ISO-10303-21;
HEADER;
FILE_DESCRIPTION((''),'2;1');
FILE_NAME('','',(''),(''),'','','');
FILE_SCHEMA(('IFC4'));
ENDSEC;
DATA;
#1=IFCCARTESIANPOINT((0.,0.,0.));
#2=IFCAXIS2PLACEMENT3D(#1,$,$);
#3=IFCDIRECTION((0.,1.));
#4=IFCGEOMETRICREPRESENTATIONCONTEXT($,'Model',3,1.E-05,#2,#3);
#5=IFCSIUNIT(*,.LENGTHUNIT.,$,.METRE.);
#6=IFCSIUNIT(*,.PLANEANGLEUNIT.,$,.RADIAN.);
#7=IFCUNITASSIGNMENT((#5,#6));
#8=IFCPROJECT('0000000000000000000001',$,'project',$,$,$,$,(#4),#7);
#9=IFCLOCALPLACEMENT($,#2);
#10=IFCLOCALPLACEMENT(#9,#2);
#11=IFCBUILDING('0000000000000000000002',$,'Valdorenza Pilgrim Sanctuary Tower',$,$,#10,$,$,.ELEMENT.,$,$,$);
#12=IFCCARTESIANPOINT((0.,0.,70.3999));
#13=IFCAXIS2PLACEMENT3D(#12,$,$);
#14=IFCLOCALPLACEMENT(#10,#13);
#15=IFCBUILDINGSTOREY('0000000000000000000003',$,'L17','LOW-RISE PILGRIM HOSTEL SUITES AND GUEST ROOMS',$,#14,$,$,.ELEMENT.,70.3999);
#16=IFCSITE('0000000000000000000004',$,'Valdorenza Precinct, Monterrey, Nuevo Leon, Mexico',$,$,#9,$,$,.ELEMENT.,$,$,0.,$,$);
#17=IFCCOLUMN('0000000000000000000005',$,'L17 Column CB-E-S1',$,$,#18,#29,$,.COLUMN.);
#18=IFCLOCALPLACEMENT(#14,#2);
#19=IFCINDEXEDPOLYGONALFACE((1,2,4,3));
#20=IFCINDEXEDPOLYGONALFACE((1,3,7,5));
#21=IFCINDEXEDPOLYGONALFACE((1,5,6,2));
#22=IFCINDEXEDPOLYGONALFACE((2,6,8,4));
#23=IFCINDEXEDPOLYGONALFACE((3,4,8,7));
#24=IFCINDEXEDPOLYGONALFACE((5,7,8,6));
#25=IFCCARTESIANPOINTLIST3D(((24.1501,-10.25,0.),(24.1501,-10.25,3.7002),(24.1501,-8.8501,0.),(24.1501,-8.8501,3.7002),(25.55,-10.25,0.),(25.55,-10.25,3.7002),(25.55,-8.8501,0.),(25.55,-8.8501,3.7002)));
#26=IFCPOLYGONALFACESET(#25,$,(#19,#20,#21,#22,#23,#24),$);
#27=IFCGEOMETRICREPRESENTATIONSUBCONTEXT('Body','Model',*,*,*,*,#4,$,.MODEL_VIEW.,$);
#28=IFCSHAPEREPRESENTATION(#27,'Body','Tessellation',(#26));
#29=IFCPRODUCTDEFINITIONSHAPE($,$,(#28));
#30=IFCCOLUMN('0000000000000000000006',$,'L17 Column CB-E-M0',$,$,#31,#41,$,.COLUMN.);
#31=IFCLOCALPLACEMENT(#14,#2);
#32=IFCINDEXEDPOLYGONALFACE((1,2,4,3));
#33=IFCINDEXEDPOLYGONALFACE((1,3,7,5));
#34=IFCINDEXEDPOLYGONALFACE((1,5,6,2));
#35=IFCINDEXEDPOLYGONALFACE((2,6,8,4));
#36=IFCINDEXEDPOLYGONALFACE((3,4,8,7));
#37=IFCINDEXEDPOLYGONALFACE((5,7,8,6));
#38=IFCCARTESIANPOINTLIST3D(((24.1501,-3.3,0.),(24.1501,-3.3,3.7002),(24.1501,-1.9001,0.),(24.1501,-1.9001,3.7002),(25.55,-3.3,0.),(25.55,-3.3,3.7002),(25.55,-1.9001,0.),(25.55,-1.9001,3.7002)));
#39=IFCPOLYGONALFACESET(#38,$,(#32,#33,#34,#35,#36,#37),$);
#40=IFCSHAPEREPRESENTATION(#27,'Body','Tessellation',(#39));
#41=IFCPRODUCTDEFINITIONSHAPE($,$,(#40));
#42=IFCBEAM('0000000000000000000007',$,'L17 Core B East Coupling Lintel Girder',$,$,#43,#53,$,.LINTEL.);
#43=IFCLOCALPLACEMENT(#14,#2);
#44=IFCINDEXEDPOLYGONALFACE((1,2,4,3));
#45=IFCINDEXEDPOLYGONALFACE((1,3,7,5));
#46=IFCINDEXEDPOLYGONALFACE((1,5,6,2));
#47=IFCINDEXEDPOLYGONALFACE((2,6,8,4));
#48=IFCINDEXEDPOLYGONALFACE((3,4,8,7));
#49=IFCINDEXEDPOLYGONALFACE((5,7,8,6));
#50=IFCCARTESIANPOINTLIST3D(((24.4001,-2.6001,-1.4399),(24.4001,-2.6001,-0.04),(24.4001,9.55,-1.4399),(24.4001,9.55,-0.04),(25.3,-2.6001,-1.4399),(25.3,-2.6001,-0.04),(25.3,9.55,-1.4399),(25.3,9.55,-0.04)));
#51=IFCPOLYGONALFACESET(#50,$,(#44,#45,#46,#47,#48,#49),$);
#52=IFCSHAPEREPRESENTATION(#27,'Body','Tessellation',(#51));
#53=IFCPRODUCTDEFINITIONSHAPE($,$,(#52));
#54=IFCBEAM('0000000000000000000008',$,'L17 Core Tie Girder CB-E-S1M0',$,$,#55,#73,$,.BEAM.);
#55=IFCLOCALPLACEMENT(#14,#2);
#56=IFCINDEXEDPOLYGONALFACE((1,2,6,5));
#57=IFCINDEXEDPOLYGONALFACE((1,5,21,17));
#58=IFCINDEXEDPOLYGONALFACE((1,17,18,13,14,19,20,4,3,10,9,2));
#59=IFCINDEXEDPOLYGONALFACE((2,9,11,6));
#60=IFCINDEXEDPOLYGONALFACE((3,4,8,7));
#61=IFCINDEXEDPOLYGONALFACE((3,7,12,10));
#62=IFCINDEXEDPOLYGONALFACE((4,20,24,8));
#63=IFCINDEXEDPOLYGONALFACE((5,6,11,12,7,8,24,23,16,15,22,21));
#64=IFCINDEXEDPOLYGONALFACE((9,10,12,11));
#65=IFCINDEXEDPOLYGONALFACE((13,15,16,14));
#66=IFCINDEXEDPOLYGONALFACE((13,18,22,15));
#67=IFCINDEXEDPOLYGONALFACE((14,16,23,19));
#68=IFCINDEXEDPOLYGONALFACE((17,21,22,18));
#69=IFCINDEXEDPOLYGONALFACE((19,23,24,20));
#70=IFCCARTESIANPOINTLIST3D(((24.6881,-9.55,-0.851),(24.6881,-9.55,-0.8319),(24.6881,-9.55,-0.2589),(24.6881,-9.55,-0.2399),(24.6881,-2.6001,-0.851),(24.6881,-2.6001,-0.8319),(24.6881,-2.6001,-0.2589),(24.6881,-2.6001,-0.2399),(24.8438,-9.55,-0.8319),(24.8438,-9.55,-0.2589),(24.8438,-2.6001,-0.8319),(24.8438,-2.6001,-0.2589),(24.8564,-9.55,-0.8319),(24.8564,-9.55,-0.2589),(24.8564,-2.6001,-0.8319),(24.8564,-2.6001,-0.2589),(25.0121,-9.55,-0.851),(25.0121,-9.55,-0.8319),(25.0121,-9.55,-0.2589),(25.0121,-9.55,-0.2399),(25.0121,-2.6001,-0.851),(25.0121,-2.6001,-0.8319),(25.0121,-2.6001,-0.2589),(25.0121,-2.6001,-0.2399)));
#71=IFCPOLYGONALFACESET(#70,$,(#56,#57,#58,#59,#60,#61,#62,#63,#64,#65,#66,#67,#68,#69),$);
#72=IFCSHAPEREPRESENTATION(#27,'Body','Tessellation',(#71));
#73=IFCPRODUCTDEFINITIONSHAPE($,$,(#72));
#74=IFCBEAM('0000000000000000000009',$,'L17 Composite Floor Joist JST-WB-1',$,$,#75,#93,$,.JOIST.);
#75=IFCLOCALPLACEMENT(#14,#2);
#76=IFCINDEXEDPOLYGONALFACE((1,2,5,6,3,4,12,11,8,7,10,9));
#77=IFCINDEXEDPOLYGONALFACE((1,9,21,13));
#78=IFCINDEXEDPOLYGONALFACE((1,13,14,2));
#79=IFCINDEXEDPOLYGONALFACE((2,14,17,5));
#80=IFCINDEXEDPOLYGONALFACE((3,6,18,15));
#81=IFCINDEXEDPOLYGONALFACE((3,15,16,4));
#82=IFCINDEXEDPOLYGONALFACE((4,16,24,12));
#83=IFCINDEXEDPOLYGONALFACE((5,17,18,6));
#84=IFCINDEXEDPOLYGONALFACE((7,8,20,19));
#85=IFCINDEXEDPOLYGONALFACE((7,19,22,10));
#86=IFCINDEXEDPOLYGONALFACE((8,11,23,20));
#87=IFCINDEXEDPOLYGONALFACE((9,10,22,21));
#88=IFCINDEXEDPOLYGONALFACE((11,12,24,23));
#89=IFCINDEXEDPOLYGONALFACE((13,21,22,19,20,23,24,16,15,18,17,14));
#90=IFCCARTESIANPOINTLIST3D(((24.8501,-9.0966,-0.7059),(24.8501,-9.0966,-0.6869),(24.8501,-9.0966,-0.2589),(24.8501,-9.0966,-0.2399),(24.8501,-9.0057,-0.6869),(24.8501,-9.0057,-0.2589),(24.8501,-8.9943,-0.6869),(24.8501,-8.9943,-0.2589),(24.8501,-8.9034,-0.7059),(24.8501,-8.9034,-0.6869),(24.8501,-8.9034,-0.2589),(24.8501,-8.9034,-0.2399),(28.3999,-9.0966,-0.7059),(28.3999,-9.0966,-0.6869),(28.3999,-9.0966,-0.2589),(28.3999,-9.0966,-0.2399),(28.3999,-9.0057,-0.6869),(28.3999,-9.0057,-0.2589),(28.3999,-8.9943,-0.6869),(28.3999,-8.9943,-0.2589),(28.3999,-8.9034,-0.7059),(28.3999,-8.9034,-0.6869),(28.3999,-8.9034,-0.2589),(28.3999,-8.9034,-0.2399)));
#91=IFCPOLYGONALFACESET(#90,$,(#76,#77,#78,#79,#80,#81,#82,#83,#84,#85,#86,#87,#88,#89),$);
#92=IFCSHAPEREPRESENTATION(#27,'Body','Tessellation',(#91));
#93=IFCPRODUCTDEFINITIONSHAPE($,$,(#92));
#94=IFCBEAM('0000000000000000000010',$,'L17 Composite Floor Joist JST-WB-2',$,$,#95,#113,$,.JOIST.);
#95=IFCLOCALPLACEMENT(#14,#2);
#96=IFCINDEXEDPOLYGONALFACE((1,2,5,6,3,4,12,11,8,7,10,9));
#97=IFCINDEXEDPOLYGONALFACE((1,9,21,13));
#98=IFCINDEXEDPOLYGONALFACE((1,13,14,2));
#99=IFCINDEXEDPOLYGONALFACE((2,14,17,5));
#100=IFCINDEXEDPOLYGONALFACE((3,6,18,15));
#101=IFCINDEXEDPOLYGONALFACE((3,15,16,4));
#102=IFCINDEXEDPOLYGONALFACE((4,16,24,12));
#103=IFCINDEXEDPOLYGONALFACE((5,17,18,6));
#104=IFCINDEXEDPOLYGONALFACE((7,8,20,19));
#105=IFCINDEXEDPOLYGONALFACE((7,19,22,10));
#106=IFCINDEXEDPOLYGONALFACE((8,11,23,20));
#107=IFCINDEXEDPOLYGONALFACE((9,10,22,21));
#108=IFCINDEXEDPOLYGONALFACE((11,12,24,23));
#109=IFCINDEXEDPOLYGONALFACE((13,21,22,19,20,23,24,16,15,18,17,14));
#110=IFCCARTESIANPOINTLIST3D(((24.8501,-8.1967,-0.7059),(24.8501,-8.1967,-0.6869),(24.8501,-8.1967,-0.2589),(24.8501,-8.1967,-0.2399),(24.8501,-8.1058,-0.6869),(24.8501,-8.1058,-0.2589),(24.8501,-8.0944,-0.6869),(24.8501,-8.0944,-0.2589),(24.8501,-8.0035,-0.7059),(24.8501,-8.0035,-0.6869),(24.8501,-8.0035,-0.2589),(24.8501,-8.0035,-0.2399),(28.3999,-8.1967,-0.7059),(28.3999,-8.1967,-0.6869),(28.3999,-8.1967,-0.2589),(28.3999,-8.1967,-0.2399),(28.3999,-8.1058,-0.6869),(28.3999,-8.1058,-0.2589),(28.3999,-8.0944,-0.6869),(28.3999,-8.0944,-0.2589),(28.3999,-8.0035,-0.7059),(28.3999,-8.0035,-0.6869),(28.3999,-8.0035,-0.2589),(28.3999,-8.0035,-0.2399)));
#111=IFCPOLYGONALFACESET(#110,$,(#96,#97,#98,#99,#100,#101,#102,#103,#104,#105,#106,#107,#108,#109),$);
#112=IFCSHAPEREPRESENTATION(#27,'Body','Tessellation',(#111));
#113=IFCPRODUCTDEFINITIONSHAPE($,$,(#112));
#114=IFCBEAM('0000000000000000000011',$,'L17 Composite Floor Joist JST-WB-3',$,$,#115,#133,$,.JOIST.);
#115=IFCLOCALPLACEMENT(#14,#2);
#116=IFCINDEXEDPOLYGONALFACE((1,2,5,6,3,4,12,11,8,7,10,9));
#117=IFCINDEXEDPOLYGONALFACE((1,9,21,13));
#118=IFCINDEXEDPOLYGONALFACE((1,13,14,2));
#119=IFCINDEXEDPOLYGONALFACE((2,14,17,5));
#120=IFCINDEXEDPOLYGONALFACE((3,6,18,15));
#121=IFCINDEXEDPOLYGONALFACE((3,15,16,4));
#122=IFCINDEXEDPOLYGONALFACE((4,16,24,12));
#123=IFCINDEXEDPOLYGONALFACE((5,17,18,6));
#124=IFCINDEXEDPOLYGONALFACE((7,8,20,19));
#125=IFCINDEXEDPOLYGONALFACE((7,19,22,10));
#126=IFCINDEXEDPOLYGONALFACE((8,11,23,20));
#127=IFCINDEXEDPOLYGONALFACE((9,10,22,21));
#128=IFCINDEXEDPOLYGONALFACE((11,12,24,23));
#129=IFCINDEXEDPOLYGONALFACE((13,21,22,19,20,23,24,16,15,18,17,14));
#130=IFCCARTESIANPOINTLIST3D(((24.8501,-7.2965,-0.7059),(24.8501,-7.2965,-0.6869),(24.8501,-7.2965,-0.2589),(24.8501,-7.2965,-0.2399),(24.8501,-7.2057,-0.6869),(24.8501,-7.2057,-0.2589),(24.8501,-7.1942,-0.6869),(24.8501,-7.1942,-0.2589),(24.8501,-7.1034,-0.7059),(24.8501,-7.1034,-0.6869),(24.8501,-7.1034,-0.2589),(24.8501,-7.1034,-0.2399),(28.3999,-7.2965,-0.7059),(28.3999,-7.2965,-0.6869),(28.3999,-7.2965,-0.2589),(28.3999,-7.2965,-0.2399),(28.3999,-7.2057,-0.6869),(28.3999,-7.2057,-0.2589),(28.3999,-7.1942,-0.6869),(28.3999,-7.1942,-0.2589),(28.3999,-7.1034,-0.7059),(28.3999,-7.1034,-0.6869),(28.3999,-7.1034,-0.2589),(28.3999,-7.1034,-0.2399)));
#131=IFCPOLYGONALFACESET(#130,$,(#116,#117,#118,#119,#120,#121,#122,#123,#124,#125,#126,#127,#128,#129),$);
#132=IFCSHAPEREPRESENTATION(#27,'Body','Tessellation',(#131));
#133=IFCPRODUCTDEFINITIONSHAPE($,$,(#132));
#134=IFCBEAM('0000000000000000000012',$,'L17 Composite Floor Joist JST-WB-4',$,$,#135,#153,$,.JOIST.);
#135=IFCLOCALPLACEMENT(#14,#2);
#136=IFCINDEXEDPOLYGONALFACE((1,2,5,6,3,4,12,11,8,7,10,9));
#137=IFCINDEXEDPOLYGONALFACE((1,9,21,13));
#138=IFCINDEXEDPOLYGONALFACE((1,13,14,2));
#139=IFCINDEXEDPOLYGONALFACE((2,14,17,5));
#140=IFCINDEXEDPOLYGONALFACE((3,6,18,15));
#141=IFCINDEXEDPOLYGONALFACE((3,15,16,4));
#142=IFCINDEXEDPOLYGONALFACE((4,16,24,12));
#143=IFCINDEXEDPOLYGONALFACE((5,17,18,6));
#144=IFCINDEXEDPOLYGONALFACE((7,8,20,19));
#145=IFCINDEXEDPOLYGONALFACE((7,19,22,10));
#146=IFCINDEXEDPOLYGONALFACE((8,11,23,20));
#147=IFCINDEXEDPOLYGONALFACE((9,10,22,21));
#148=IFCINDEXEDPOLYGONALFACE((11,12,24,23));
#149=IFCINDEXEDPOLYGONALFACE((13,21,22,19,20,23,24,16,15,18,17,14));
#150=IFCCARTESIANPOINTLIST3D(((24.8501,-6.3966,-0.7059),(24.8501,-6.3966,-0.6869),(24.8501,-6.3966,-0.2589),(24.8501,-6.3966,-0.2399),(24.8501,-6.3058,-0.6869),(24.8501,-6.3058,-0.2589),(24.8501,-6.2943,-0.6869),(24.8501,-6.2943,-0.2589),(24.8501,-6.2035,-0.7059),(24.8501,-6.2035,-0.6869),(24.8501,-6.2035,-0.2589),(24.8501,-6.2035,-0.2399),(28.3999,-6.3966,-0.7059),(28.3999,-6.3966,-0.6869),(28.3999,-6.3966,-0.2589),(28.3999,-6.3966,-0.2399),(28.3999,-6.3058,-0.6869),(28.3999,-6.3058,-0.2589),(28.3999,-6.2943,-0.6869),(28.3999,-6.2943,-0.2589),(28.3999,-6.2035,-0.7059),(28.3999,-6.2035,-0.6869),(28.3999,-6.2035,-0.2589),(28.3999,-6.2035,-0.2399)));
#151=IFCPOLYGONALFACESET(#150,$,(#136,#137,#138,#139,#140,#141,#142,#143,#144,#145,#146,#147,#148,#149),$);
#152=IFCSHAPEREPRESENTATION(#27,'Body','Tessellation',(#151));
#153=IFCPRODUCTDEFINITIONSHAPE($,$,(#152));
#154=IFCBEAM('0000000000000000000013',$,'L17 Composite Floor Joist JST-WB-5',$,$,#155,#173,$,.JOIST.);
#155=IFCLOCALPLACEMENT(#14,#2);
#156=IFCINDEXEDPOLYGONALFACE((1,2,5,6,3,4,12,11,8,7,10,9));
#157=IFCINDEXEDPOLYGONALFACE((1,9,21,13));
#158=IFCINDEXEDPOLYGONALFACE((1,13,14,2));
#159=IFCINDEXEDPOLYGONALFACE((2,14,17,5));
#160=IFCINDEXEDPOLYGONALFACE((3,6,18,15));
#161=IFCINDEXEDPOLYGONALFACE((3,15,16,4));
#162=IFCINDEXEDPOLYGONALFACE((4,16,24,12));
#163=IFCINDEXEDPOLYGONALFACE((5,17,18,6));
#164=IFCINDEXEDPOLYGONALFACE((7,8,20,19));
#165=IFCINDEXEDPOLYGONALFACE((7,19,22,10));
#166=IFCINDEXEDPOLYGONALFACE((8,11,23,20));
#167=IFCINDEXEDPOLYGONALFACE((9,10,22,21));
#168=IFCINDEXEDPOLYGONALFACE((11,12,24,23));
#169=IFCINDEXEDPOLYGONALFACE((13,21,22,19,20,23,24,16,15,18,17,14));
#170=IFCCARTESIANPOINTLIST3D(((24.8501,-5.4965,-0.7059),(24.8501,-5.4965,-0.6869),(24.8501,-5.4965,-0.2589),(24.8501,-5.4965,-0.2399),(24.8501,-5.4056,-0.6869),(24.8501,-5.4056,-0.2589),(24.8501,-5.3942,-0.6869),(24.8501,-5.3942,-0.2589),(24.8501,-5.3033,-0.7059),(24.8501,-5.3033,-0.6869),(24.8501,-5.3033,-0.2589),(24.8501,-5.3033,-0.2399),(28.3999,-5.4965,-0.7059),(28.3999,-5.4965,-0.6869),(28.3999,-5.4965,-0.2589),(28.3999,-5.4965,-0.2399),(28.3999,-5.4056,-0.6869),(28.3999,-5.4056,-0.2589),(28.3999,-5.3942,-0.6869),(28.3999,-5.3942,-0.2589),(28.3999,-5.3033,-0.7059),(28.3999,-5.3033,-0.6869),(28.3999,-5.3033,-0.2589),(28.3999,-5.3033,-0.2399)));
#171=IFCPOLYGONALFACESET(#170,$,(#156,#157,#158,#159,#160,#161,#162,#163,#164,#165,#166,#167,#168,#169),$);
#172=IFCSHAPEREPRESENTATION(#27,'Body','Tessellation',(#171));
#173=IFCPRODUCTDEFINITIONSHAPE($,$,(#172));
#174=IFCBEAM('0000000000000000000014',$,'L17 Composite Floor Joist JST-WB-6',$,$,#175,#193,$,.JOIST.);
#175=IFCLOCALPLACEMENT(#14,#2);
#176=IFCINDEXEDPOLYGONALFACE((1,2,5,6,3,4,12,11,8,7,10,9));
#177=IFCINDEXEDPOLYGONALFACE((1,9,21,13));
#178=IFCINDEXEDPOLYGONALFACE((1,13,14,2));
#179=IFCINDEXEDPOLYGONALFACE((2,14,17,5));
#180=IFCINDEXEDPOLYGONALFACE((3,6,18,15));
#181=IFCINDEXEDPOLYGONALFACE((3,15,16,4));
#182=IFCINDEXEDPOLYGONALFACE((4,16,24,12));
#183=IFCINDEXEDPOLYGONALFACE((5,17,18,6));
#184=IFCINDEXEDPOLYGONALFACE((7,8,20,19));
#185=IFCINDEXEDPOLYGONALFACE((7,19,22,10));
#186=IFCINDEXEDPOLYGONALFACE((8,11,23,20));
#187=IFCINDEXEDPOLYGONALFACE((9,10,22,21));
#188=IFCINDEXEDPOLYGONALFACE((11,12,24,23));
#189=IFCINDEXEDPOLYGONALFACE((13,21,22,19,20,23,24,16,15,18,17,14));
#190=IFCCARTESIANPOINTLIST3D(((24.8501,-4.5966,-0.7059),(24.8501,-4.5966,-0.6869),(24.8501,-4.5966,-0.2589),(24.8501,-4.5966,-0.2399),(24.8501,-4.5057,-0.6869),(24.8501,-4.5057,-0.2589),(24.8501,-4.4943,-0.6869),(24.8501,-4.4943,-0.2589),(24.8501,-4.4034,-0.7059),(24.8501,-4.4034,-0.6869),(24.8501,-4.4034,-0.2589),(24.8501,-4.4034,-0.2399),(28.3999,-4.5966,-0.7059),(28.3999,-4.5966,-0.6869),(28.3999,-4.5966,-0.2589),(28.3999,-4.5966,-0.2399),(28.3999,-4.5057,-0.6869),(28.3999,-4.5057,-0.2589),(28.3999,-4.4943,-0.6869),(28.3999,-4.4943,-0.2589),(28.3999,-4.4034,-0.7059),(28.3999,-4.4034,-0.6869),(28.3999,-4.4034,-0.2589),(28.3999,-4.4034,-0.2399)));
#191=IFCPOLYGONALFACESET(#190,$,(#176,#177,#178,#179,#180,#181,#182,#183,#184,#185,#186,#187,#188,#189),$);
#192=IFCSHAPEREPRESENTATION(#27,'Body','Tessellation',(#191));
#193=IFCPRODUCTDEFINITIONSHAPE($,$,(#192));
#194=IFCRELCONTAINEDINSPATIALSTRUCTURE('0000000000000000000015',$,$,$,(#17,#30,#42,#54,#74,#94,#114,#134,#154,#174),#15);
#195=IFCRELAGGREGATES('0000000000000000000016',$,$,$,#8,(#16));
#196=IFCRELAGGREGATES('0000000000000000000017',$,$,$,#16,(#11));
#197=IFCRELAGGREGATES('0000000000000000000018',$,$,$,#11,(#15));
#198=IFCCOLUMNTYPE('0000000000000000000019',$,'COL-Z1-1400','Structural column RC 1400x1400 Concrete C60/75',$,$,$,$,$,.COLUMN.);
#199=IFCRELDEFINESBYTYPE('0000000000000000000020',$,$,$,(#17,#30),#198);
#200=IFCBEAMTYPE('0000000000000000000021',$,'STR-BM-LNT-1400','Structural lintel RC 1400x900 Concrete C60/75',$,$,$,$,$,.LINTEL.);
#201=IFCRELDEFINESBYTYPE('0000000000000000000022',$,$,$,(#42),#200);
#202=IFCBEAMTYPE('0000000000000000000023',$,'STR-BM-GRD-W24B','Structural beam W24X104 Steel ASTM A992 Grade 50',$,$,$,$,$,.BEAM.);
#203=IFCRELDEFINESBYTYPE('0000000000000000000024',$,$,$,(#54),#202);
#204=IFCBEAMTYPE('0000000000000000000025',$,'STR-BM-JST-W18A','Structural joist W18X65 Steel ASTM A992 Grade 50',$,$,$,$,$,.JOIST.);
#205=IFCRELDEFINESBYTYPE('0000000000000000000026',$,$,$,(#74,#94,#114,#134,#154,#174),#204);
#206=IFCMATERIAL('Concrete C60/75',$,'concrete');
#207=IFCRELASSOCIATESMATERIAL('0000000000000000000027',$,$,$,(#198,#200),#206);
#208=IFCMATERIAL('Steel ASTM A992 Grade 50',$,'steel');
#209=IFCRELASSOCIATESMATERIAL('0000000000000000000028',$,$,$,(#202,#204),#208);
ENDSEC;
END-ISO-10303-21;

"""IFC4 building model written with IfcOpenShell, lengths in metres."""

from ifc_helpers import new_model, si_unit, direction, frame, origin, origin_2d, place, context, subcontext, project, spatial, rectangle, i_section, extrude, source, transform, mapped, material, material_profile, profile_set, type_object, element, save


model = new_model("IFC4")

# Units and contexts
model_context = context("Model", 3, precision=1e-05, world=origin(), true_north=direction((0.0, 1.0)))
body_context = subcontext(model_context, "Body", "Model", "MODEL_VIEW")
ifc_project = project(units=[si_unit("LENGTHUNIT", "METRE"), si_unit("PLANEANGLEUNIT", "RADIAN")], contexts=[model_context])

# Site, building, storey
site_placement = place(None, origin())
site = spatial("IfcSite", under=ifc_project, at=site_placement, Name="Valdorenza Precinct, Monterrey, Nuevo Leon, Mexico", CompositionType="ELEMENT", RefElevation=0.0)
building_placement = place(site_placement, origin())
building = spatial("IfcBuilding", under=site, at=building_placement, Name="Valdorenza Pilgrim Sanctuary Tower", CompositionType="ELEMENT")
storey_placement = place(building_placement, frame((0.0, 0.0, 70.3999)))
storey = spatial("IfcBuildingStorey", under=building, at=storey_placement, Name="L17", Description="LOW-RISE PILGRIM HOSTEL SUITES AND GUEST ROOMS", CompositionType="ELEMENT", Elevation=70.3999)

# Columns
ifc_material_1 = material(Name="Concrete C60/75", Category="concrete")
ifc_material_profile_1 = material_profile(ifc_material_1, rectangle(XDim=1.3999, YDim=1.3999, at=origin_2d()), Name="RC 1400x1400")
ifc_profile_set_1 = profile_set([ifc_material_profile_1], Name="Concrete C60/75")
column_type = type_object("IfcColumnType", Name="COL-Z1-1400", Description="Structural column RC 1400x1400 Concrete C60/75", PredefinedType="COLUMN", material=ifc_profile_set_1)
shared_shape_1 = source(origin(), body_context, "Body", "SweptSolid", [
    extrude(rectangle(XDim=1.3999, YDim=1.3999, at=origin_2d()), origin(), (0.0, 0.0, 1.0), 3.7002),
])
for number, where, z_axis, x_axis, name in (
    (1, (24.8501, -9.55, 0.0), (0.0, 0.0, 1.0), (1.0, 0.0, 0.0), "L17 Column CB-E-S1"),
    (2, (24.8501, -2.6001, 0.0), (0.0, 0.0, 1.0), (1.0, 0.0, 0.0), "L17 Column CB-E-M0"),
):
    element("IfcColumn", number, at=place(storey_placement, frame(where, z_axis=z_axis, x_axis=x_axis)), inside=storey, type_object=column_type, Name=name, PredefinedType="COLUMN", context=body_context, shape_type="MappedRepresentation", body=[
        mapped(shared_shape_1, transform((0.0, 0.0, 0.0), x_axis=(1.0, 0.0, 0.0), y_axis=(0.0, 1.0, 0.0), z_axis=(0.0, 0.0, 1.0), scale=1.0)),
    ])

# Beams
ifc_material_profile_2 = material_profile(ifc_material_1, rectangle(XDim=0.8999, YDim=1.3999, at=origin_2d()), Name="RC 1400x900")
ifc_profile_set_2 = profile_set([ifc_material_profile_2], Name="Concrete C60/75")
beam_type_1 = type_object("IfcBeamType", Name="STR-BM-LNT-1400", Description="Structural lintel RC 1400x900 Concrete C60/75", PredefinedType="LINTEL", material=ifc_profile_set_2)
shared_shape_2 = source(origin(), body_context, "Body", "SweptSolid", [
    extrude(rectangle(XDim=0.8999, YDim=1.3999, at=origin_2d()), origin(), (0.0, 0.0, 1.0), 12.1501),
])
beam_1_placement = place(storey_placement, frame((24.8501, -2.6001, -0.74), z_axis=(0.0, 1.0, 0.0), x_axis=(-1.0, 0.0, 0.0)))
element("IfcBeam", 3, at=beam_1_placement, inside=storey, type_object=beam_type_1, Name="L17 Core B East Coupling Lintel Girder", PredefinedType="LINTEL", context=body_context, shape_type="MappedRepresentation", body=[
    mapped(shared_shape_2, transform((0.0, 0.0, 0.0), x_axis=(1.0, 0.0, 0.0), y_axis=(0.0, 1.0, 0.0), z_axis=(0.0, 0.0, 1.0), scale=1.0)),
])
ifc_material_2 = material(Name="Steel ASTM A992 Grade 50", Category="steel")
ifc_material_profile_3 = material_profile(ifc_material_2, i_section(OverallWidth=0.324, OverallDepth=0.6111, WebThickness=0.0127, FlangeThickness=0.019, at=origin_2d()), Name="W24X104")
ifc_profile_set_3 = profile_set([ifc_material_profile_3], Name="Steel ASTM A992 Grade 50")
beam_type_2 = type_object("IfcBeamType", Name="STR-BM-GRD-W24B", Description="Structural beam W24X104 Steel ASTM A992 Grade 50", PredefinedType="BEAM", material=ifc_profile_set_3)
shared_shape_3 = source(origin(), body_context, "Body", "SweptSolid", [
    extrude(i_section(OverallWidth=0.324, OverallDepth=0.6111, WebThickness=0.0127, FlangeThickness=0.019, at=origin_2d()), origin(), (0.0, 0.0, 1.0), 6.95),
])
beam_2_placement = place(storey_placement, frame((24.8501, -9.55, -0.5454), z_axis=(0.0, 1.0, 0.0), x_axis=(-1.0, 0.0, 0.0)))
element("IfcBeam", 4, at=beam_2_placement, inside=storey, type_object=beam_type_2, Name="L17 Core Tie Girder CB-E-S1M0", PredefinedType="BEAM", context=body_context, shape_type="MappedRepresentation", body=[
    mapped(shared_shape_3, transform((0.0, 0.0, 0.0), x_axis=(1.0, 0.0, 0.0), y_axis=(0.0, 1.0, 0.0), z_axis=(0.0, 0.0, 1.0), scale=1.0)),
])
ifc_material_profile_4 = material_profile(ifc_material_2, i_section(OverallWidth=0.1931, OverallDepth=0.4661, WebThickness=0.0115, FlangeThickness=0.019, at=origin_2d()), Name="W18X65")
ifc_profile_set_4 = profile_set([ifc_material_profile_4], Name="Steel ASTM A992 Grade 50")
beam_type_3 = type_object("IfcBeamType", Name="STR-BM-JST-W18A", Description="Structural joist W18X65 Steel ASTM A992 Grade 50", PredefinedType="JOIST", material=ifc_profile_set_4)
shared_shape_4 = source(origin(), body_context, "Body", "SweptSolid", [
    extrude(i_section(OverallWidth=0.1931, OverallDepth=0.4661, WebThickness=0.0115, FlangeThickness=0.019, at=origin_2d()), origin(), (0.0, 0.0, 1.0), 3.5498),
])
for number, where, z_axis, x_axis, name in (
    (5, (24.8501, -9.0, -0.4729), (1.0, 0.0, 0.0), (0.0, 1.0, 0.0), "L17 Composite Floor Joist JST-WB-1"),
    (6, (24.8501, -8.1001, -0.4729), (1.0, 0.0, 0.0), (0.0, 1.0, 0.0), "L17 Composite Floor Joist JST-WB-2"),
    (7, (24.8501, -7.2, -0.4729), (1.0, 0.0, 0.0), (0.0, 1.0, 0.0), "L17 Composite Floor Joist JST-WB-3"),
    (8, (24.8501, -6.3, -0.4729), (1.0, 0.0, 0.0), (0.0, 1.0, 0.0), "L17 Composite Floor Joist JST-WB-4"),
    (9, (24.8501, -5.3999, -0.4729), (1.0, 0.0, 0.0), (0.0, 1.0, 0.0), "L17 Composite Floor Joist JST-WB-5"),
    (10, (24.8501, -4.5, -0.4729), (1.0, 0.0, 0.0), (0.0, 1.0, 0.0), "L17 Composite Floor Joist JST-WB-6"),
):
    element("IfcBeam", number, at=place(storey_placement, frame(where, z_axis=z_axis, x_axis=x_axis)), inside=storey, type_object=beam_type_3, Name=name, PredefinedType="JOIST", context=body_context, shape_type="MappedRepresentation", body=[
        mapped(shared_shape_4, transform((0.0, 0.0, 0.0), x_axis=(1.0, 0.0, 0.0), y_axis=(0.0, 1.0, 0.0), z_axis=(0.0, 0.0, 1.0), scale=1.0)),
    ])

save(model, "model.ifc")
